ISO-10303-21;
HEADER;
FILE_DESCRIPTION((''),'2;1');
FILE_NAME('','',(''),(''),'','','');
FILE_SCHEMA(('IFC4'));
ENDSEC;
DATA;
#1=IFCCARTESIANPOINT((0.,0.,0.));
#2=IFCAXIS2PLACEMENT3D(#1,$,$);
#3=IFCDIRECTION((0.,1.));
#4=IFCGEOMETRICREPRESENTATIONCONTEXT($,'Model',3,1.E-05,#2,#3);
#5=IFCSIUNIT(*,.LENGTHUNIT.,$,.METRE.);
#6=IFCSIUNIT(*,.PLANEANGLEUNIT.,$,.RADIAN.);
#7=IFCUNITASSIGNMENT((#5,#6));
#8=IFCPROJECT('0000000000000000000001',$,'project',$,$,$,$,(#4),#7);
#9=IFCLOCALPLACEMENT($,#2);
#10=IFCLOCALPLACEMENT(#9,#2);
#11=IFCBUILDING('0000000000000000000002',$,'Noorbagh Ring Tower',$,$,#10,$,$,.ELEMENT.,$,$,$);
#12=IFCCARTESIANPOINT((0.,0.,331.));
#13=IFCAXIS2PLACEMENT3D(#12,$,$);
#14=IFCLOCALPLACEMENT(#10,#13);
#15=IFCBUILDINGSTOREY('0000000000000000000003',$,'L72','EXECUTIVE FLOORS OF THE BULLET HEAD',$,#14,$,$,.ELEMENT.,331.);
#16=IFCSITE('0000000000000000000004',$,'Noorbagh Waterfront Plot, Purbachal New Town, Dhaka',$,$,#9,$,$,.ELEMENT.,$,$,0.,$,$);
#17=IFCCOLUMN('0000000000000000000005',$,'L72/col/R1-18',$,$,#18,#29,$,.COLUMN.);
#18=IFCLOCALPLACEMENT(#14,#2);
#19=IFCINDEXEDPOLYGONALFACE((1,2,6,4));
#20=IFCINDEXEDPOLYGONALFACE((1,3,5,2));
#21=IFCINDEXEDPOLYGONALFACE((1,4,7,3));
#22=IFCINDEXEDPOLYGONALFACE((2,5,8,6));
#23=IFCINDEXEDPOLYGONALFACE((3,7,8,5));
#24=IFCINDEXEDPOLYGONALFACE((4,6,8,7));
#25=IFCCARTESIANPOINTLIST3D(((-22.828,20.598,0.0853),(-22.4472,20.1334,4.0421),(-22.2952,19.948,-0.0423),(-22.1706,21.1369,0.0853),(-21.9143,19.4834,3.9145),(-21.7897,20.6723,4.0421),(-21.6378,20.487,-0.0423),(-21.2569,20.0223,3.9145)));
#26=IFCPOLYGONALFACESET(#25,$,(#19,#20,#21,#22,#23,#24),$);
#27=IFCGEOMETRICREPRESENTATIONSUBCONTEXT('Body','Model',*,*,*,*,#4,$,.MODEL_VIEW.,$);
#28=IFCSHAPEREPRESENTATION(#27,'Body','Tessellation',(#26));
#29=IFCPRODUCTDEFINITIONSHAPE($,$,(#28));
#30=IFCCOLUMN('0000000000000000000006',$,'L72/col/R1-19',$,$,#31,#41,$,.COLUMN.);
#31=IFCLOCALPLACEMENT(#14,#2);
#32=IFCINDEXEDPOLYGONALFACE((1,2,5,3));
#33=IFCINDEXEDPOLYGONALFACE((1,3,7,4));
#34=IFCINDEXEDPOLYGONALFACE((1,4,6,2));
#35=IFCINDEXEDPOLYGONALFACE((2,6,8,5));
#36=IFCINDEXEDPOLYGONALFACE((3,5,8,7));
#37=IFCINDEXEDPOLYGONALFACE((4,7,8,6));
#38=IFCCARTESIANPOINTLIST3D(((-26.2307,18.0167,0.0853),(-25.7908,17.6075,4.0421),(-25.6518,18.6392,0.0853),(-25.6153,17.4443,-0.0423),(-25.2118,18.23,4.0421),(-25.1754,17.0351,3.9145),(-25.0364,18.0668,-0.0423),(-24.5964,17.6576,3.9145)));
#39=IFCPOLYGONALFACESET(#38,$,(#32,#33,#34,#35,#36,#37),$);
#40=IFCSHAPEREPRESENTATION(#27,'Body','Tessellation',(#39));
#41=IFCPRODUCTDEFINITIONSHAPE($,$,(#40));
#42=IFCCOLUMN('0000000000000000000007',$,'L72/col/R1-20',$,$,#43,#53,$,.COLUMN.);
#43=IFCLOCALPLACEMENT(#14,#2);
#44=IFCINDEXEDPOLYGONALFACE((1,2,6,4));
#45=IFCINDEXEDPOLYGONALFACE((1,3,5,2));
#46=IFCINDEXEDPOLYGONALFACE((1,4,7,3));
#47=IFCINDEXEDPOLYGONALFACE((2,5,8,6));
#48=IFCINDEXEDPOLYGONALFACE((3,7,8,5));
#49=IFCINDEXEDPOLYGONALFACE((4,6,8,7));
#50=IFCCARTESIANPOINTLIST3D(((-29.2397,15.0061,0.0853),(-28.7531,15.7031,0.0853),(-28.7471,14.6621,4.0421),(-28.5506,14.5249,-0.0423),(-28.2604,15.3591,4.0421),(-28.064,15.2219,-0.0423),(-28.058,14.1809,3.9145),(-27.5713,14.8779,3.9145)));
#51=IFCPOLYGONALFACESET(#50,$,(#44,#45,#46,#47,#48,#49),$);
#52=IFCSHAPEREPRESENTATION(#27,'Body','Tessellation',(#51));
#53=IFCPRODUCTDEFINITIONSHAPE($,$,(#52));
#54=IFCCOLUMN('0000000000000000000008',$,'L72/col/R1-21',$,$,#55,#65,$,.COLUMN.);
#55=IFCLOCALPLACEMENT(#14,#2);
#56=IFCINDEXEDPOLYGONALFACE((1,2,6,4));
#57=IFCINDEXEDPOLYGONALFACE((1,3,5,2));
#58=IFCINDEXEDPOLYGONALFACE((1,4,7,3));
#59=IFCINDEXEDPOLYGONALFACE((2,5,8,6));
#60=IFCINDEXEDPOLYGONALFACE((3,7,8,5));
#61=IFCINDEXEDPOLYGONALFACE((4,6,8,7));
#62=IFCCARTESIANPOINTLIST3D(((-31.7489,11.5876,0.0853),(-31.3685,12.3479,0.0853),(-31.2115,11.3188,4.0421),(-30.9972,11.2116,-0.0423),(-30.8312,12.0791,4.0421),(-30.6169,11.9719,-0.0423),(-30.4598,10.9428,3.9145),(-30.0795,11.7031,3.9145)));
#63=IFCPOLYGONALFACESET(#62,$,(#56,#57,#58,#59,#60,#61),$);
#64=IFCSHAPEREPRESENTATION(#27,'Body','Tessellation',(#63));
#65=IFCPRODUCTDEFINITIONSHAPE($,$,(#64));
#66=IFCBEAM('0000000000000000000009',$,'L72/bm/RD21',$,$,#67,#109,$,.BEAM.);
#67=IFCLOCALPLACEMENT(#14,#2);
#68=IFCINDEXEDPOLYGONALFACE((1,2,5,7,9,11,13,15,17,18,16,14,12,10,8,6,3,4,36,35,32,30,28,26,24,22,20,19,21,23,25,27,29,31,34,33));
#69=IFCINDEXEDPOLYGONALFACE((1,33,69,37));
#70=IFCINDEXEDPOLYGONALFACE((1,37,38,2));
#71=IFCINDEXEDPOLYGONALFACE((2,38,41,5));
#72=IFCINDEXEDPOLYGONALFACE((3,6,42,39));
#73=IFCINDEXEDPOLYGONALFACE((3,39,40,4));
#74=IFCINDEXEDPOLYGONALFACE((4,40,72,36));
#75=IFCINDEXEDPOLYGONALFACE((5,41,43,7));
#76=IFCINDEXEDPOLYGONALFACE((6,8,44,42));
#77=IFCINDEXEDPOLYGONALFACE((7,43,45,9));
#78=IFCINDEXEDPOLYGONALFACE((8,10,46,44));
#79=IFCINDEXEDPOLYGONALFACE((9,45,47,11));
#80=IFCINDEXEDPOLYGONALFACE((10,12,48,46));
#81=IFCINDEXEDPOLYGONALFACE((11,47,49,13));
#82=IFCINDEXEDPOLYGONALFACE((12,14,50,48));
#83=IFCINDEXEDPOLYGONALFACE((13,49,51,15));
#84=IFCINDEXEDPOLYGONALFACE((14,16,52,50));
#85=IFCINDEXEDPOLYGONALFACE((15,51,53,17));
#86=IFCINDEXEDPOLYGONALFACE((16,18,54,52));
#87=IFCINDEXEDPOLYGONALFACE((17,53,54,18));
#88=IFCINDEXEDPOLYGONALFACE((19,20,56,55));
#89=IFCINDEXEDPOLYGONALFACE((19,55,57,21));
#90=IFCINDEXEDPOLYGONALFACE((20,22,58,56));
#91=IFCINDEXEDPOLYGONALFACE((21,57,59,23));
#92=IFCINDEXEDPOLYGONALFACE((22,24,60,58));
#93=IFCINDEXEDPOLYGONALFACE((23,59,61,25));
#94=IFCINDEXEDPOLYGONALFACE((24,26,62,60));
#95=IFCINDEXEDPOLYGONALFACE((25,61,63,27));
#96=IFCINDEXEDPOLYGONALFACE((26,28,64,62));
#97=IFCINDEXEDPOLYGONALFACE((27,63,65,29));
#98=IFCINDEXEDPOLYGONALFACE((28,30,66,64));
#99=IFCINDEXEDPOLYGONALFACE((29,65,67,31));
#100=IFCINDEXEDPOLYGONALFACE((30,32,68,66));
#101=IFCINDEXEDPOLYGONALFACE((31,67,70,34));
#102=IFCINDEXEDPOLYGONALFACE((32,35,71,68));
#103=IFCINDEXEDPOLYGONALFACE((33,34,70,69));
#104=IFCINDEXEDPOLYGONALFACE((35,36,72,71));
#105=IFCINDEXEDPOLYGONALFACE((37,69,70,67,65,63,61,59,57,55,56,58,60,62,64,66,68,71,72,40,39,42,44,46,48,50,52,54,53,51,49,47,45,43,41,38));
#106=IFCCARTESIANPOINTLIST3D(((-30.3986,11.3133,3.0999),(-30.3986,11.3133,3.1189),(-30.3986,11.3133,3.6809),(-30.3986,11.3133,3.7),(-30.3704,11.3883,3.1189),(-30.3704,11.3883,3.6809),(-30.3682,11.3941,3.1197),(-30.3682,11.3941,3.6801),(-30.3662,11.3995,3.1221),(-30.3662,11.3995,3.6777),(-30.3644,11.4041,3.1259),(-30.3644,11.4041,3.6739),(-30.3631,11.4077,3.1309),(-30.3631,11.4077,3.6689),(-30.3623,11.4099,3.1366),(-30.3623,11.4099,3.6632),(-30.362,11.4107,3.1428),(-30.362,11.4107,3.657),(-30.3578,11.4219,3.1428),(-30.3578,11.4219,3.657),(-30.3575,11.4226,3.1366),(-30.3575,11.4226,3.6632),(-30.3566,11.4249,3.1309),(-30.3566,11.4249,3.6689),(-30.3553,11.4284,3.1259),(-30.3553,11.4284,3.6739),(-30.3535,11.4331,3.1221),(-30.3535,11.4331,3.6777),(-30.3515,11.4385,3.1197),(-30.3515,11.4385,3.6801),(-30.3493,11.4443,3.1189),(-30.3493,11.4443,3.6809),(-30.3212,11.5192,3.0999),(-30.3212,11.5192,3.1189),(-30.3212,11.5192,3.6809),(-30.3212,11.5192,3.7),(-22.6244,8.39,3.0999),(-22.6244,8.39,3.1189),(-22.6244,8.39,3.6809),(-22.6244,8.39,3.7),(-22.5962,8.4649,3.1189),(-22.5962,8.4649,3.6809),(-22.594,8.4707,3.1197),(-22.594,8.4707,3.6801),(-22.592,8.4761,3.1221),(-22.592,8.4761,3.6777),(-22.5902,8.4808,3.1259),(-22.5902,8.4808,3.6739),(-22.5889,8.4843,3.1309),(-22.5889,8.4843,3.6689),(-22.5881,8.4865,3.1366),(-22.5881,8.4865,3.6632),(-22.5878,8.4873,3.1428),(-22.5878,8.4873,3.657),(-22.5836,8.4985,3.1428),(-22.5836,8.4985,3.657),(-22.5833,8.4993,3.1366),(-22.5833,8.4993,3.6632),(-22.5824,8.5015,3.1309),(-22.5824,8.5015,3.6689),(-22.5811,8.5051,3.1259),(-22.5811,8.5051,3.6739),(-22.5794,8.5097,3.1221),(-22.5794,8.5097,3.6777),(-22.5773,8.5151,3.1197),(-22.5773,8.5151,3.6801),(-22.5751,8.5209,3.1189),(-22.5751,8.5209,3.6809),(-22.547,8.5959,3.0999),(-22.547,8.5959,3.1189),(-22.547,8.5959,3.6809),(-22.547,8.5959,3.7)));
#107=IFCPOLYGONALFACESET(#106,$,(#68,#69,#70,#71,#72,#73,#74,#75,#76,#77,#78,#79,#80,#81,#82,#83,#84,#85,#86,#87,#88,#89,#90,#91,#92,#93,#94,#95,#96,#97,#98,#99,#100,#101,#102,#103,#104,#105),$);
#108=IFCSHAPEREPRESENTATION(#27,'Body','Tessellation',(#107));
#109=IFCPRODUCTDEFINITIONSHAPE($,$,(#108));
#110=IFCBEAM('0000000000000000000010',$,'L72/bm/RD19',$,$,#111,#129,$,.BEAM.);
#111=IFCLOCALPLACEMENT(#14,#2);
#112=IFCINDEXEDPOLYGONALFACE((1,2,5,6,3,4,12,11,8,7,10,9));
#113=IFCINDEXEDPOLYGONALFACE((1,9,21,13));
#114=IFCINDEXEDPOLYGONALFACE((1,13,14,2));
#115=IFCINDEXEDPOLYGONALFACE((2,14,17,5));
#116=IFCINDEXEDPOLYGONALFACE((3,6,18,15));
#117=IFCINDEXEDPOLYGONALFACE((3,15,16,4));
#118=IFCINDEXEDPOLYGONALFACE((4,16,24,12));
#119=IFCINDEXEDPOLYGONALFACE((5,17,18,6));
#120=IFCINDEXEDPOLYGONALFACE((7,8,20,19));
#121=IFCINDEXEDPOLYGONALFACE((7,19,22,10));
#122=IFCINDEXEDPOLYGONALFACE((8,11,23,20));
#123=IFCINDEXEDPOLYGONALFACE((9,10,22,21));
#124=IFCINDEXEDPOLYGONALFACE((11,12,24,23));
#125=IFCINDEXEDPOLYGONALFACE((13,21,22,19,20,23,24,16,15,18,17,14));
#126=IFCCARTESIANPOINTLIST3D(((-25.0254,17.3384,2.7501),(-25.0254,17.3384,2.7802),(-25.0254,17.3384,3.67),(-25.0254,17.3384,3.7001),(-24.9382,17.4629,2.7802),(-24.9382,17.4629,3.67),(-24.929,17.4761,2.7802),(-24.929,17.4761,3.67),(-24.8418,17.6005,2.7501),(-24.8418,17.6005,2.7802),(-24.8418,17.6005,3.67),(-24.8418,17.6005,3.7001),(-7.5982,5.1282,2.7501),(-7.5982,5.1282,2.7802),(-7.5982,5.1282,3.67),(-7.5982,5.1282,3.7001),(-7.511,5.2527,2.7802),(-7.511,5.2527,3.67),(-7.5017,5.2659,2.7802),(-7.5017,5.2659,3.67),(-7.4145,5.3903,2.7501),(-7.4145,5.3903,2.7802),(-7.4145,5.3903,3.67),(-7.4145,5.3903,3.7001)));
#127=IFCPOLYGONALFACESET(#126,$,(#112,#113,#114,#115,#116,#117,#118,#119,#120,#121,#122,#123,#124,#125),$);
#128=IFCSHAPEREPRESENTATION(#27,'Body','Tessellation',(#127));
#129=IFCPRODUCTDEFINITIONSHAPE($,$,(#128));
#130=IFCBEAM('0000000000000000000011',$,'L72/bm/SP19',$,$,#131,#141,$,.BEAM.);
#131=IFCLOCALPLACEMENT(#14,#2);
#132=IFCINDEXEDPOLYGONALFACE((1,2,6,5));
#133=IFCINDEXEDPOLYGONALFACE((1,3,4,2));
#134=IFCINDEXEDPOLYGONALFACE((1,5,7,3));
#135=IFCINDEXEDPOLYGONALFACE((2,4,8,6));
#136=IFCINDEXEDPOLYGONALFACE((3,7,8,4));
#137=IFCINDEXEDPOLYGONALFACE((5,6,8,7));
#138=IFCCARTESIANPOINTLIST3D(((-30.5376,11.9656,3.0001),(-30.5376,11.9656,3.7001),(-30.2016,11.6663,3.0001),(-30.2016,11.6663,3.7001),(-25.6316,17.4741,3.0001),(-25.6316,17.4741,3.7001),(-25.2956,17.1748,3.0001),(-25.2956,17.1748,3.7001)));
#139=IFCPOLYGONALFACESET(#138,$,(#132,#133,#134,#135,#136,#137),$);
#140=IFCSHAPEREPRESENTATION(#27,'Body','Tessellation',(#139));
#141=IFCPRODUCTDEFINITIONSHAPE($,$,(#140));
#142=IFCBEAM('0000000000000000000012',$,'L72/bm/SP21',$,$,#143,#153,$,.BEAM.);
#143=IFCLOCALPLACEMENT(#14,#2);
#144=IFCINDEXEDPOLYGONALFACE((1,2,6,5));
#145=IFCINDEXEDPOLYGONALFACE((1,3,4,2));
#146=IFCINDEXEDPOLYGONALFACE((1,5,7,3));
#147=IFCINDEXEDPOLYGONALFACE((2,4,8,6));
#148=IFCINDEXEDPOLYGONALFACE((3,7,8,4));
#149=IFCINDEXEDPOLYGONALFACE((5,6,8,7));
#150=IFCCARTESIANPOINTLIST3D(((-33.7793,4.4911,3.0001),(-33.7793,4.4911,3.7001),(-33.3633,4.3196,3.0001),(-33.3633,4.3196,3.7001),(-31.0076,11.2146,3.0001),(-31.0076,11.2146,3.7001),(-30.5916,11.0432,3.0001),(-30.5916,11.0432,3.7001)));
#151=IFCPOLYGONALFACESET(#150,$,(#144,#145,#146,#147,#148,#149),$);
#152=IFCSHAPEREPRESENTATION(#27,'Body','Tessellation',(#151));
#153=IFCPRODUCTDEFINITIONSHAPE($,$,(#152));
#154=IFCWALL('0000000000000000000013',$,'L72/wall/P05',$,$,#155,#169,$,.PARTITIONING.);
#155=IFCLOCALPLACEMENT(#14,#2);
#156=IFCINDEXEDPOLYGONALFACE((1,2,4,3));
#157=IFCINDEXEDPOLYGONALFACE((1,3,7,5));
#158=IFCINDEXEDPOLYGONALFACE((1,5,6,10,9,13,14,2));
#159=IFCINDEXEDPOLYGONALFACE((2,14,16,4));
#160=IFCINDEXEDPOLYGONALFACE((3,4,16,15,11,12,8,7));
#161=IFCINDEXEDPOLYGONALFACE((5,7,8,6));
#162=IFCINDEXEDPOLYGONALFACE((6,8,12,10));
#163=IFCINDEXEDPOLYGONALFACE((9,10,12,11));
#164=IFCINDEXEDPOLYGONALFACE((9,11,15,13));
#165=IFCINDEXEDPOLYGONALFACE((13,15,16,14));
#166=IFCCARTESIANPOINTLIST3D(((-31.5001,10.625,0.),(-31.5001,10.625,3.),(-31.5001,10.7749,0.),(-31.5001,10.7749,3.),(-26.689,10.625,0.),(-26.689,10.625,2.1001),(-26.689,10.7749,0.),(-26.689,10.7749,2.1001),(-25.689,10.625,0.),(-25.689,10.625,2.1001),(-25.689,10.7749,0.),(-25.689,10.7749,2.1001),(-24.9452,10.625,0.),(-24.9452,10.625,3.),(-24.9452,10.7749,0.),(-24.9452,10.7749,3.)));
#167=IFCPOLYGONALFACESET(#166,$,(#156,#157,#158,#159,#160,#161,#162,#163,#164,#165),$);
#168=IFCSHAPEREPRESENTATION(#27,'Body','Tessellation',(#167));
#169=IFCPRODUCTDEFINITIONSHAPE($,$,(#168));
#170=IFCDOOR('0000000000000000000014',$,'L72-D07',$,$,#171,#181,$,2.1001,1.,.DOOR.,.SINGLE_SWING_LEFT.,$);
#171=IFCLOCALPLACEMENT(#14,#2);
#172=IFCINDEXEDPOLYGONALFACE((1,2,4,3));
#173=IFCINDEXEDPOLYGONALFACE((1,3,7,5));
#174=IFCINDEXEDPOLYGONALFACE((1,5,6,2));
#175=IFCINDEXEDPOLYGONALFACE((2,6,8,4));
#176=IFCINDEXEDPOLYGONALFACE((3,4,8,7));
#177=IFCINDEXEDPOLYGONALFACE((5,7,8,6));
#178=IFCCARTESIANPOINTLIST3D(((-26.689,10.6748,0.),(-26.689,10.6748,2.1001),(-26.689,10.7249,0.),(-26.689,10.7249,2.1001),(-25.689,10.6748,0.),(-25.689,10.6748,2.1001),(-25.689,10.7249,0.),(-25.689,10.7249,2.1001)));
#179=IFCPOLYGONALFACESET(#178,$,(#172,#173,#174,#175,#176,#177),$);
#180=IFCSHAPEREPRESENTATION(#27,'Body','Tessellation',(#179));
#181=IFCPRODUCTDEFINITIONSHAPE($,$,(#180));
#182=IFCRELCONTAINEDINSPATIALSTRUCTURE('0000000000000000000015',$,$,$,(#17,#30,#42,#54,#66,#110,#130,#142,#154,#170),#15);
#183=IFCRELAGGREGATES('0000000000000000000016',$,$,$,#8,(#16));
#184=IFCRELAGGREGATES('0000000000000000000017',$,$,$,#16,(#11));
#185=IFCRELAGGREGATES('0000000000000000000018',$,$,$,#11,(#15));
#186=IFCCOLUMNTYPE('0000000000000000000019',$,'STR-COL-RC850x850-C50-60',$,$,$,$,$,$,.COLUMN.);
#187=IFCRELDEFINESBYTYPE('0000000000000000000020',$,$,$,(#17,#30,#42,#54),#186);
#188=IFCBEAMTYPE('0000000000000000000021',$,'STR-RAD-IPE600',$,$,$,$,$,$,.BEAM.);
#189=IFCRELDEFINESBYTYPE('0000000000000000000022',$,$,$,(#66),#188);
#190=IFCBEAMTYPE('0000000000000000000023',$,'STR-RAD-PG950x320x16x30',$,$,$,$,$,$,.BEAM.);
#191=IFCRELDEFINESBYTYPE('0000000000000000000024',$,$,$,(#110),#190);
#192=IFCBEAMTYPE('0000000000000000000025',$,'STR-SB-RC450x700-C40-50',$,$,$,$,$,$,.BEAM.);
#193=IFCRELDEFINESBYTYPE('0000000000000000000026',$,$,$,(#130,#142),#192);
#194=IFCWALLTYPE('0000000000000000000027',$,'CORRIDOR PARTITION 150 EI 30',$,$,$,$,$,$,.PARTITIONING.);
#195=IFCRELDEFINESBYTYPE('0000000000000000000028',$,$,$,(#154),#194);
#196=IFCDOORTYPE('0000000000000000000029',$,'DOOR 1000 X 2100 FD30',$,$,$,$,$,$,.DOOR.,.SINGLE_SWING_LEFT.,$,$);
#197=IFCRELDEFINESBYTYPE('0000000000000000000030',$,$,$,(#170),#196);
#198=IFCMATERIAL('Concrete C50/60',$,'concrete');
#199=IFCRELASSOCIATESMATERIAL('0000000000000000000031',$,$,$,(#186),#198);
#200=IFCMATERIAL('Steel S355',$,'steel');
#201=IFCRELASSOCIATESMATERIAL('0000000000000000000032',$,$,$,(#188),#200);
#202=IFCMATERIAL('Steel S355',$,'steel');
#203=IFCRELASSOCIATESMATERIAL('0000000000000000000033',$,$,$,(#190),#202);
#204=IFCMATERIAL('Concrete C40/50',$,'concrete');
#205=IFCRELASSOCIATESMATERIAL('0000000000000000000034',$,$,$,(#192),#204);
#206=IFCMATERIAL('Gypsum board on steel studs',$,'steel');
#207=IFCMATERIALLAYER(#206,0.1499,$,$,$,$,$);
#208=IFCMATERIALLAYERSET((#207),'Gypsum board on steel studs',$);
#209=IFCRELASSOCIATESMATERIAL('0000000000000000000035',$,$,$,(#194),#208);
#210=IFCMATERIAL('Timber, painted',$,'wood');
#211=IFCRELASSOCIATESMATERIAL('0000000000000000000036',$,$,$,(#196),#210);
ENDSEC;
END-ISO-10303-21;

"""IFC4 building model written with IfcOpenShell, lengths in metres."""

from ifc_helpers import new_model, si_unit, direction, frame, frame_2d, origin, origin_2d, place, context, subcontext, project, spatial, rectangle, i_section, extrude, material, layer, layer_set, material_profile, profile_set, type_object, element, fill, save


model = new_model("IFC4")

# Units and contexts
model_context = context("Model", 3, precision=1e-05, world=origin(), true_north=direction((0.0, 1.0)))
body_context = subcontext(model_context, "Body", "Model", "MODEL_VIEW")
ifc_project = project(units=[si_unit("LENGTHUNIT", "METRE"), si_unit("PLANEANGLEUNIT", "RADIAN")], contexts=[model_context])

# Site, building, storey
site_placement = place(None, origin())
site = spatial("IfcSite", under=ifc_project, at=site_placement, Name="Noorbagh Waterfront Plot, Purbachal New Town, Dhaka", CompositionType="ELEMENT", RefElevation=0.0)
building_placement = place(site_placement, origin())
building = spatial("IfcBuilding", under=site, at=building_placement, Name="Noorbagh Ring Tower", CompositionType="ELEMENT")
storey_placement = place(building_placement, frame((0.0, 0.0, 331.0)))
storey = spatial("IfcBuildingStorey", under=building, at=storey_placement, Name="L72", Description="EXECUTIVE FLOORS OF THE BULLET HEAD", CompositionType="ELEMENT", Elevation=331.0)

# Columns
ifc_material_1 = material(Name="Concrete C50/60", Category="concrete")
ifc_material_profile_1 = material_profile(ifc_material_1, rectangle(XDim=0.8501, YDim=0.8501, at=origin_2d()), Name="RC850x850")
ifc_profile_set_1 = profile_set([ifc_material_profile_1], Name="Concrete C50/60")
column_type = type_object("IfcColumnType", Name="STR-COL-RC850x850-C50-60", PredefinedType="COLUMN", material=ifc_profile_set_1)
for number, where, z_axis, x_axis, name in (
    (1, (-22.2329, 20.5425, 0.0215), (0.095164, -0.116088, 0.988669), (0.773359, 0.633968, 0.0), "L72/col/R1-18"),
    (2, (-25.6335, 18.0417, 0.0215), (0.109926, -0.10224, 0.988667), (0.681043, 0.732243, 0.0), "L72/col/R1-19"),
    (3, (-28.6519, 15.114, 0.0215), (0.123103, -0.085952, 0.988665), (0.57248, 0.819919, 0.0), "L72/col/R1-20"),
    (4, (-31.1829, 11.7798, 0.0215), (0.134266, -0.067164, 0.988667), (0.447376, 0.894346, 0.0), "L72/col/R1-21"),
):
    element("IfcColumn", number, at=place(storey_placement, frame(where, z_axis=z_axis, x_axis=x_axis)), inside=storey, type_object=column_type, Name=name, PredefinedType="COLUMN", context=body_context, shape_type="SweptSolid", body=[
        extrude(rectangle(XDim=0.8501, YDim=0.8501, at=origin_2d()), origin(), (0.0, 0.0, 1.0), 4.0022),
    ])

# Beams
ifc_material_2 = material(Name="Steel S355", Category="steel")
ifc_material_profile_2 = material_profile(ifc_material_2, i_section(OverallWidth=0.22, OverallDepth=0.6001, WebThickness=0.012, FlangeThickness=0.019, FilletRadius=0.0239, at=origin_2d()), Name="IPE600")
ifc_profile_set_2 = profile_set([ifc_material_profile_2], Name="Steel S355")
beam_type_1 = type_object("IfcBeamType", Name="STR-RAD-IPE600", PredefinedType="BEAM", material=ifc_profile_set_2)
beam_1_placement = place(storey_placement, frame((-30.3599, 11.4163, 3.3999), z_axis=(0.936011, -0.351971, 0.0), x_axis=(0.351971, 0.936011, 0.0)))
element("IfcBeam", 5, at=beam_1_placement, inside=storey, type_object=beam_type_1, Name="L72/bm/RD21", PredefinedType="BEAM", context=body_context, shape_type="SweptSolid", body=[
    extrude(i_section(OverallWidth=0.22, OverallDepth=0.6001, WebThickness=0.012, FlangeThickness=0.019, FilletRadius=0.0239, at=origin_2d()), origin(), (0.0, 0.0, 1.0), 8.3057),
])
ifc_material_3 = material(Name="Steel S355", Category="steel")
ifc_material_profile_3 = material_profile(ifc_material_3, i_section(OverallWidth=0.3201, OverallDepth=0.95, WebThickness=0.0161, FlangeThickness=0.03, at=origin_2d()), Name="PG950x320x16x30")
ifc_profile_set_3 = profile_set([ifc_material_profile_3], Name="Steel S355")
beam_type_2 = type_object("IfcBeamType", Name="STR-RAD-PG950x320x16x30", PredefinedType="BEAM", material=ifc_profile_set_3)
beam_2_placement = place(storey_placement, frame((-24.9336, 17.4695, 3.2251), z_axis=(0.818986, -0.573813, 0.0), x_axis=(0.573813, 0.818986, 0.0)))
element("IfcBeam", 6, at=beam_2_placement, inside=storey, type_object=beam_type_2, Name="L72/bm/RD19", PredefinedType="BEAM", context=body_context, shape_type="SweptSolid", body=[
    extrude(i_section(OverallWidth=0.3201, OverallDepth=0.95, WebThickness=0.0161, FlangeThickness=0.03, at=origin_2d()), origin(), (0.0, 0.0, 1.0), 21.2791),
])
ifc_material_4 = material(Name="Concrete C40/50", Category="concrete")
ifc_material_profile_4 = material_profile(ifc_material_4, rectangle(XDim=0.45, YDim=0.7, at=origin_2d()), Name="RC450x700")
ifc_profile_set_4 = profile_set([ifc_material_profile_4], Name="Concrete C40/50")
beam_type_3 = type_object("IfcBeamType", Name="STR-SB-RC450x700-C40-50", PredefinedType="BEAM", material=ifc_profile_set_4)
beam_3_placement = place(storey_placement, frame((-25.4636, 17.3245, 3.3501), z_axis=(-0.665085, -0.746768, 0.0), x_axis=(0.746768, -0.665085, 0.0)))
element("IfcBeam", 7, at=beam_3_placement, inside=storey, type_object=beam_type_3, Name="L72/bm/SP19", PredefinedType="BEAM", context=body_context, shape_type="SweptSolid", body=[
    extrude(rectangle(XDim=0.45, YDim=0.7, at=origin_2d()), origin(), (0.0, 0.0, 1.0), 7.3765),
])
beam_4_placement = place(storey_placement, frame((-30.7996, 11.1289, 3.3501), z_axis=(-0.381123, -0.924524, 0.0), x_axis=(0.924524, -0.381123, 0.0)))
element("IfcBeam", 8, at=beam_4_placement, inside=storey, type_object=beam_type_3, Name="L72/bm/SP21", PredefinedType="BEAM", context=body_context, shape_type="SweptSolid", body=[
    extrude(rectangle(XDim=0.45, YDim=0.7, at=origin_2d()), origin(), (0.0, 0.0, 1.0), 7.2725),
])

# Wall, opening, door
ifc_material_5 = material(Name="Gypsum board on steel studs", Category="steel")
ifc_layer_1 = layer(ifc_material_5, 0.1499)
ifc_layer_set_1 = layer_set([ifc_layer_1], Name="Gypsum board on steel studs")
wall_type_1 = type_object("IfcWallType", Name="CORRIDOR PARTITION 150 EI 30", PredefinedType="PARTITIONING", material=ifc_layer_set_1)
wall_1_placement = place(storey_placement, frame((-31.5, 10.7, 0.0), z_axis=(0.0, 0.0, 1.0), x_axis=(1.0, 0.0, 0.0)))
wall_1 = element("IfcWall", 9, at=wall_1_placement, inside=storey, type_object=wall_type_1, Name="L72/wall/P05", PredefinedType="PARTITIONING", context=body_context, shape_type="SweptSolid", body=[
    extrude(rectangle(XDim=6.5549, YDim=0.1499, at=frame_2d((3.2773, 0.0))), origin(), (0.0, 0.0, 1.0), 3.0),
])
opening_1_placement = place(wall_1_placement, frame((4.811, 0.0, 0.0)))
opening_1 = element("IfcOpeningElement", 10, at=opening_1_placement, cuts=wall_1, PredefinedType="OPENING", context=body_context, shape_type="SweptSolid", body=[
    extrude(rectangle(XDim=1.0, YDim=2.1001, at=frame_2d((0.5, 1.05))), frame((0.0, 0.085, 0.0), z_axis=(0.0, -1.0, 0.0), x_axis=(1.0, 0.0, 0.0)), (0.0, 0.0, 1.0), 0.1699),
])
ifc_material_6 = material(Name="Timber, painted", Category="wood")
door_type = type_object("IfcDoorType", Name="DOOR 1000 X 2100 FD30", OperationType="SINGLE_SWING_LEFT", PredefinedType="DOOR", material=ifc_material_6)
door_1_placement = place(opening_1_placement, origin())
door_1 = element("IfcDoor", 11, at=door_1_placement, inside=storey, type_object=door_type, Name="L72-D07", OperationType="SINGLE_SWING_LEFT", OverallHeight=2.1001, OverallWidth=1.0, PredefinedType="DOOR", context=body_context, shape_type="SweptSolid", body=[
    extrude(rectangle(XDim=1.0, YDim=2.1001, at=frame_2d((0.5, 1.05))), frame((0.0, 0.0249, 0.0), z_axis=(0.0, -1.0, 0.0), x_axis=(1.0, 0.0, 0.0)), (0.0, 0.0, 1.0), 0.05),
])
fill(opening_1, door_1)

save(model, "model.ifc")
